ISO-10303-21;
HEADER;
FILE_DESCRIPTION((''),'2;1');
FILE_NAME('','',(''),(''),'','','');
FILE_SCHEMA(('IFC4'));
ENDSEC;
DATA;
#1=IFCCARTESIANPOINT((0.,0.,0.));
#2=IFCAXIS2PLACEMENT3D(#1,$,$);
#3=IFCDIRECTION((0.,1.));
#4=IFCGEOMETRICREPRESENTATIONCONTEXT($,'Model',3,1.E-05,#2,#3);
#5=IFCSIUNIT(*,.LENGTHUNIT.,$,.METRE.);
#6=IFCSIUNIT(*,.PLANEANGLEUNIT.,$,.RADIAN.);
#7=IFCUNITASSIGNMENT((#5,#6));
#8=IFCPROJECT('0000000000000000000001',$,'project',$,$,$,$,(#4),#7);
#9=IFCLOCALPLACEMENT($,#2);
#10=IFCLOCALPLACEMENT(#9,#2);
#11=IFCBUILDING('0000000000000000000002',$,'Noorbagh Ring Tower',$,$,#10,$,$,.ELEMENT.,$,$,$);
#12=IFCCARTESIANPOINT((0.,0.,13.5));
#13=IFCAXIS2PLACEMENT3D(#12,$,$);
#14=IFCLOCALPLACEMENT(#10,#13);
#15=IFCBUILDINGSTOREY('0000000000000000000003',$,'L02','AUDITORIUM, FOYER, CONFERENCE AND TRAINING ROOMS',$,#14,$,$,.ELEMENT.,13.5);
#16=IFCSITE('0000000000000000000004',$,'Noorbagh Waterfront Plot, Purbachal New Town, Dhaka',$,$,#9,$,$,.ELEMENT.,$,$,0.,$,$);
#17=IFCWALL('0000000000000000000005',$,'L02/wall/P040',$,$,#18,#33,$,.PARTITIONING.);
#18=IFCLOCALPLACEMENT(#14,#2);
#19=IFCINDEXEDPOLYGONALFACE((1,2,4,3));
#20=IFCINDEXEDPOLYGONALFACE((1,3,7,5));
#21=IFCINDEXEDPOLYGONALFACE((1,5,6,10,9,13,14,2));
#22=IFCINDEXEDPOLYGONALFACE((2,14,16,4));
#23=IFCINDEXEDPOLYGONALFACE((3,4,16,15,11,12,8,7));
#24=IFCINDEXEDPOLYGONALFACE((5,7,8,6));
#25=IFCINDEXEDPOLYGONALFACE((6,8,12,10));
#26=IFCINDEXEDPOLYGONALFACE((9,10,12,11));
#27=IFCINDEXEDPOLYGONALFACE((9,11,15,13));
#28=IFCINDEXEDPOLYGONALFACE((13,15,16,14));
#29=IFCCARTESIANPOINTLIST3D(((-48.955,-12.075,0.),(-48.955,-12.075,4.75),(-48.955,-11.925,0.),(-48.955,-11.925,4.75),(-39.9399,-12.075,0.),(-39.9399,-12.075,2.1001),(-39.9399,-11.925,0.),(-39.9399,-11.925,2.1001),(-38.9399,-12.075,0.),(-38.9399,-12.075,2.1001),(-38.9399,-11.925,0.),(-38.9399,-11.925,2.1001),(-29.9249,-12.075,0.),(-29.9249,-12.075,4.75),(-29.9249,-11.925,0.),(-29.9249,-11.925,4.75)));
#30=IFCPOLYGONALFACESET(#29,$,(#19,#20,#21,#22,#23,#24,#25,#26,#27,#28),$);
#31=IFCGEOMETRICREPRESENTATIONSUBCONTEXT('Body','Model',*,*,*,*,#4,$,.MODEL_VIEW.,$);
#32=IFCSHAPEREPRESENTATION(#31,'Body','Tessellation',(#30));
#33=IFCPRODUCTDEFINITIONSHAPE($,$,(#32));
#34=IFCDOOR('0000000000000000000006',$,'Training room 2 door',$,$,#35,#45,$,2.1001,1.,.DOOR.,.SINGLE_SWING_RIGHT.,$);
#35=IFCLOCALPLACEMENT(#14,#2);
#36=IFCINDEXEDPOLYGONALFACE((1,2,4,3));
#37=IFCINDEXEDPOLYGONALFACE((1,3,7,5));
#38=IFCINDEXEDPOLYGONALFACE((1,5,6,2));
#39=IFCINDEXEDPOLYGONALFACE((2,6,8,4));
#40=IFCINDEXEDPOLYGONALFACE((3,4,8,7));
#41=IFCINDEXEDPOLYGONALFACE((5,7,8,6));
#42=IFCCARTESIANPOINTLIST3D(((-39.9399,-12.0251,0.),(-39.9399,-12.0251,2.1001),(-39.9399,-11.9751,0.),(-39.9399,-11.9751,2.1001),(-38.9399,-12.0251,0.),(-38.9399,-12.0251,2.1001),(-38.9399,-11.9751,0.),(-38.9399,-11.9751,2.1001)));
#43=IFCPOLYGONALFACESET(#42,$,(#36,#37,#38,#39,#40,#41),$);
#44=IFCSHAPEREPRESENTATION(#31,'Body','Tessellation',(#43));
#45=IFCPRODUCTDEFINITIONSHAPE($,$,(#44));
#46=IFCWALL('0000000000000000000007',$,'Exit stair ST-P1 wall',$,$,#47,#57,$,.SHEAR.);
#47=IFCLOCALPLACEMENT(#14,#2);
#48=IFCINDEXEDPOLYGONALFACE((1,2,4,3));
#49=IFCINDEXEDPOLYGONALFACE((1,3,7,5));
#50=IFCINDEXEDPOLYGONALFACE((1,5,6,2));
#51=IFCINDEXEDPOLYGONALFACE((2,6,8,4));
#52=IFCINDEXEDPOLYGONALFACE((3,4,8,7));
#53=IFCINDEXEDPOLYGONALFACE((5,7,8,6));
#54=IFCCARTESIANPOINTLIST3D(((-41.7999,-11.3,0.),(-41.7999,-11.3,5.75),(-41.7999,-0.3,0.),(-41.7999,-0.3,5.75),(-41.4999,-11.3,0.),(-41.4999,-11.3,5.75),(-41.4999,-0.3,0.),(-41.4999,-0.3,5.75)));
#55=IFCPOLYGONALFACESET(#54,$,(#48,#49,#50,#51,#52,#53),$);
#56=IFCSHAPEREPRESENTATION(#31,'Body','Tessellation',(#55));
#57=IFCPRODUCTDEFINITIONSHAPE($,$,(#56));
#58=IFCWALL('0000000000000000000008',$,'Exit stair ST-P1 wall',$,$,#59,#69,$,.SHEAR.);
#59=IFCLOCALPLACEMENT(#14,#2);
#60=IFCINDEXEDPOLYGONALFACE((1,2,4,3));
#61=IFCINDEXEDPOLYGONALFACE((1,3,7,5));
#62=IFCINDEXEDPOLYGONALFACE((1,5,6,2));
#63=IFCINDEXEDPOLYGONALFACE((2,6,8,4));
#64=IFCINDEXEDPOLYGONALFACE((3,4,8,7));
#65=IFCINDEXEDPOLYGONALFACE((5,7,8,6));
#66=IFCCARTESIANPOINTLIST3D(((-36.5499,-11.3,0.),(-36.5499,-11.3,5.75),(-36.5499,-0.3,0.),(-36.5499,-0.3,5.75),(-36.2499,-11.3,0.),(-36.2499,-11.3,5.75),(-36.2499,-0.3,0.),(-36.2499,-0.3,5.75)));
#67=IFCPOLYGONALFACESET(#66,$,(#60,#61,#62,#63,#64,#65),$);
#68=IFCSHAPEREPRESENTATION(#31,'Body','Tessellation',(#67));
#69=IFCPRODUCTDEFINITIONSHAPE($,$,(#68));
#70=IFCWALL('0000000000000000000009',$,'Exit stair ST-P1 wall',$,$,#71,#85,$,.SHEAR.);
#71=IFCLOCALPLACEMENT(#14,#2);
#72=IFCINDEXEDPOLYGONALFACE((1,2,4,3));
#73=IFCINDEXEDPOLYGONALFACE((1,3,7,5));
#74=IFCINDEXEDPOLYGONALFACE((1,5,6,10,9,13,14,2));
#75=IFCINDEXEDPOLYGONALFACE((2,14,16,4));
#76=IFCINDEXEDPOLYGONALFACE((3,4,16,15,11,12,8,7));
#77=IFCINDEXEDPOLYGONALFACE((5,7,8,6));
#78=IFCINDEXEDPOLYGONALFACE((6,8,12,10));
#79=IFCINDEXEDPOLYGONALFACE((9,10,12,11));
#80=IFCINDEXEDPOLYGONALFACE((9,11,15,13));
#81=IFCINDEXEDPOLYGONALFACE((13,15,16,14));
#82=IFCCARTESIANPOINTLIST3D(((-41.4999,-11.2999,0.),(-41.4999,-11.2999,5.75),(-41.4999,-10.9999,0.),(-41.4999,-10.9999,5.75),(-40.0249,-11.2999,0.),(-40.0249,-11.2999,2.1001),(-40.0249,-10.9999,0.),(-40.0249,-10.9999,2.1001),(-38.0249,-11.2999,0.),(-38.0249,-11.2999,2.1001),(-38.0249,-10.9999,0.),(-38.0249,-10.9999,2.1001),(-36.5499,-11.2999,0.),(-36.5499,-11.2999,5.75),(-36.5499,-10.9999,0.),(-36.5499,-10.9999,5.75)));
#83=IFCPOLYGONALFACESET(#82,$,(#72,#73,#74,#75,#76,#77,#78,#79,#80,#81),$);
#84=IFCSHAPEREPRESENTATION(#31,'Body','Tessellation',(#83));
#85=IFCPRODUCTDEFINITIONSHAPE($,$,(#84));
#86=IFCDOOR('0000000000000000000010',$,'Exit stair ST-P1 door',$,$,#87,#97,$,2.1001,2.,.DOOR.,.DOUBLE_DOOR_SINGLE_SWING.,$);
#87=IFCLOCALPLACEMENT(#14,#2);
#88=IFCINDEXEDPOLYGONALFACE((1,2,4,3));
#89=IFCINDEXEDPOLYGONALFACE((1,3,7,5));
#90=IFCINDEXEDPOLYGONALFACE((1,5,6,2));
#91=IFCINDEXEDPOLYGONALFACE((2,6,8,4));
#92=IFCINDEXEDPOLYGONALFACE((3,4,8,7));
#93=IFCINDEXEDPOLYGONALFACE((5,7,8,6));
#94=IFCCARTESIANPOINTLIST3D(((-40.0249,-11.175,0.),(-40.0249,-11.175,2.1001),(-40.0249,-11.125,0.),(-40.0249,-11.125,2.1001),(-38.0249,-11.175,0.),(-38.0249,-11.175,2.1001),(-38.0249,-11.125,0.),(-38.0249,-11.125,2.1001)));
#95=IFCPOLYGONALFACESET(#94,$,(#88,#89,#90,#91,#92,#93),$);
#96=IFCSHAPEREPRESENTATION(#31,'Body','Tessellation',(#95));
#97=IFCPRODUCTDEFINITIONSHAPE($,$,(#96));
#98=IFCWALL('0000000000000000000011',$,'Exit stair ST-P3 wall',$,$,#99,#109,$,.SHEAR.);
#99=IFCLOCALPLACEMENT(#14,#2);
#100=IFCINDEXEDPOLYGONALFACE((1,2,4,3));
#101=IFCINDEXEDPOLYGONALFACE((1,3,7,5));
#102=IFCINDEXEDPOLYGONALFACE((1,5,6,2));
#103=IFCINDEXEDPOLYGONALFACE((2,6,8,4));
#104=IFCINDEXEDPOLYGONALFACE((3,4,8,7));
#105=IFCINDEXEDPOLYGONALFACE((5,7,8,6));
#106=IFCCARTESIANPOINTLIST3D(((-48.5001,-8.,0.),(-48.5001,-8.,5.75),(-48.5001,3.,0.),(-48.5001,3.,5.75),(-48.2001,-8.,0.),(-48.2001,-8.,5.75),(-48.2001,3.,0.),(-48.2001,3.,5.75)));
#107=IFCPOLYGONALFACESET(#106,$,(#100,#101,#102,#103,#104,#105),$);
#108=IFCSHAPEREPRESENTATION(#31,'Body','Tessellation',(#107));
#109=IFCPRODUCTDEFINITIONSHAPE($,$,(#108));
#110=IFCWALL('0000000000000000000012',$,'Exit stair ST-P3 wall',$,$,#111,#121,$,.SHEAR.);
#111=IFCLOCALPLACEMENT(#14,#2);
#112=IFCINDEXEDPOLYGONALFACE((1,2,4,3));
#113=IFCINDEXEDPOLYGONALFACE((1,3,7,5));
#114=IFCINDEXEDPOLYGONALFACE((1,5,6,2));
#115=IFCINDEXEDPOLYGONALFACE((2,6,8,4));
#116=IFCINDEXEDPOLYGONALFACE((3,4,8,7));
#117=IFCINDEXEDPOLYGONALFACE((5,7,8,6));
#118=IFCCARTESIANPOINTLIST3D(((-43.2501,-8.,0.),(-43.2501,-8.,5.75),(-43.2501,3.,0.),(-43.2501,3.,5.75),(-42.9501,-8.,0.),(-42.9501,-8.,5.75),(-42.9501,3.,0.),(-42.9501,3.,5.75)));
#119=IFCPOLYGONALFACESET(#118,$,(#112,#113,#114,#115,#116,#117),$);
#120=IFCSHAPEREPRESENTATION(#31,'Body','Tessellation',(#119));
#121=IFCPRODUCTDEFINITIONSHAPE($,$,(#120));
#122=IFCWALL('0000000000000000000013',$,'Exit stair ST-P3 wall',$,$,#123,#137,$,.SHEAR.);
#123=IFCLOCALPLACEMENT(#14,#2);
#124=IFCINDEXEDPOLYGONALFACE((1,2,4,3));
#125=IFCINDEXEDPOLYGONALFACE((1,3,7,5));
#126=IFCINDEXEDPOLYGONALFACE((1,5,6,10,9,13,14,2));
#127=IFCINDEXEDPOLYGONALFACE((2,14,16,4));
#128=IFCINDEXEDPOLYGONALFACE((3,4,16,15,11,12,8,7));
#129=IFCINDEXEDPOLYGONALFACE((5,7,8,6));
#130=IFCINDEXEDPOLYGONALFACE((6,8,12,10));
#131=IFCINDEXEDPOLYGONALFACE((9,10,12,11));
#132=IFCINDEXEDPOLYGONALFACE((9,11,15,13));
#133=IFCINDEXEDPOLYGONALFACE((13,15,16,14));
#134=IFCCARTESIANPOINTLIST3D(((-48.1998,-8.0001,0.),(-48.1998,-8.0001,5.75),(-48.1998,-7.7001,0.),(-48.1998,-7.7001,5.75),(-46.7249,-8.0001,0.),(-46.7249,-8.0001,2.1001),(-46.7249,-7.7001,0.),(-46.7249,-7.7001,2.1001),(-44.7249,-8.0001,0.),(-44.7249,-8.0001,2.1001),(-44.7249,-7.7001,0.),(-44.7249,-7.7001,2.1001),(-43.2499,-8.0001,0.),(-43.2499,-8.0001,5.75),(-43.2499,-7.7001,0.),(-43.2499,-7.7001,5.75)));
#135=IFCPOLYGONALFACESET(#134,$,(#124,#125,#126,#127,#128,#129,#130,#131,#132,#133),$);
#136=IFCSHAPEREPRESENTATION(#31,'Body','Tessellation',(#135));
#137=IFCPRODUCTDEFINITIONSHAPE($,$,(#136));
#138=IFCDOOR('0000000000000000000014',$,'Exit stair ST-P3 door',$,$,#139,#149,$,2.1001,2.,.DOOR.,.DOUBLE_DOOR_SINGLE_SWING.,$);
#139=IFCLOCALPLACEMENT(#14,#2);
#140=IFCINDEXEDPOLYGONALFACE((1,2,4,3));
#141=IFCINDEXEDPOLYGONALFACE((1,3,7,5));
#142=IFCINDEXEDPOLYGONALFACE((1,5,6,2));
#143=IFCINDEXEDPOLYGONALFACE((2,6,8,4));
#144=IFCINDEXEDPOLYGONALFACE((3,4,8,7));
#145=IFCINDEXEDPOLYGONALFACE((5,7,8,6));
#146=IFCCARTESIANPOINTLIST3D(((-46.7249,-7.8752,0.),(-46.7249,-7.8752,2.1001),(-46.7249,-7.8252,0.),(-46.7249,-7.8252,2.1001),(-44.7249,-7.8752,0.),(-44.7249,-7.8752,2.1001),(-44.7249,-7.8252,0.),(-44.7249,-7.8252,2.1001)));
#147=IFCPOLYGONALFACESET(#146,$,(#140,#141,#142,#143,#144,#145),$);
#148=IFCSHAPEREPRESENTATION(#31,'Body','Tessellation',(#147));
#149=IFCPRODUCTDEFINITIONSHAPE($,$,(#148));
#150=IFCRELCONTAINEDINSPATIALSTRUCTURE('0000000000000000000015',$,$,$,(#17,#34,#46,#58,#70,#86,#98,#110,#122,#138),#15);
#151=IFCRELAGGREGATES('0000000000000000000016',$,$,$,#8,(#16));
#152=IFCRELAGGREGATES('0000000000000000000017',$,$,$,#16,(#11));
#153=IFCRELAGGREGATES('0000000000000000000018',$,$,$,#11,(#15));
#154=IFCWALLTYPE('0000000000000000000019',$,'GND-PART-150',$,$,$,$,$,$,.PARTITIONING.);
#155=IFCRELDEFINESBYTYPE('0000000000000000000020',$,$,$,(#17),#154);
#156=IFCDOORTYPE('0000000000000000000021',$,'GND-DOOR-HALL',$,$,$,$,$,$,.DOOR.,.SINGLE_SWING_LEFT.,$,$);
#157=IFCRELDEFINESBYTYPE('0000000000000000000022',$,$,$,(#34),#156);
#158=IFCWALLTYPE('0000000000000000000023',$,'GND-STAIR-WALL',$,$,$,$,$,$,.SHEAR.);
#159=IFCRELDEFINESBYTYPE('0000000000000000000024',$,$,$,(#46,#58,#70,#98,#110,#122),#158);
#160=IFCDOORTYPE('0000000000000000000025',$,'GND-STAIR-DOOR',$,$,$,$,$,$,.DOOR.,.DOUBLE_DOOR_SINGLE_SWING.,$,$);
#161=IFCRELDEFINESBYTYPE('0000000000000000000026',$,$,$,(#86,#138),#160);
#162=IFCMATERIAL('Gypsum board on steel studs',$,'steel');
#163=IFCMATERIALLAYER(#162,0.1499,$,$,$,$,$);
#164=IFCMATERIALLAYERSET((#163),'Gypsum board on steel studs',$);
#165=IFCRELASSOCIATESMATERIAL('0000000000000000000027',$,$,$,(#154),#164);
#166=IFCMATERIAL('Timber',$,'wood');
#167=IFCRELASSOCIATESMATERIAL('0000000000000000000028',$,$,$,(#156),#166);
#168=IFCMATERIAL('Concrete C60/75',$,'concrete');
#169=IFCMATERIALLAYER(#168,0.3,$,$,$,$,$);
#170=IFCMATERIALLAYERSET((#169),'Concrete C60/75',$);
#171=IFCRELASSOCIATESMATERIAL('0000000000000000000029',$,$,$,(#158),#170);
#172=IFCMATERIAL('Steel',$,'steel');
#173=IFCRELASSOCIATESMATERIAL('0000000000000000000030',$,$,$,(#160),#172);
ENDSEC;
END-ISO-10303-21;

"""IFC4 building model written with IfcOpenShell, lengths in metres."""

from ifc_helpers import new_model, si_unit, direction, frame, frame_2d, origin, place, context, subcontext, project, spatial, rectangle, extrude, material, layer, layer_set, type_object, element, fill, save


model = new_model("IFC4")

# Units and contexts
model_context = context("Model", 3, precision=1e-05, world=origin(), true_north=direction((0.0, 1.0)))
body_context = subcontext(model_context, "Body", "Model", "MODEL_VIEW")
ifc_project = project(units=[si_unit("LENGTHUNIT", "METRE"), si_unit("PLANEANGLEUNIT", "RADIAN")], contexts=[model_context])

# Site, building, storey
site_placement = place(None, origin())
site = spatial("IfcSite", under=ifc_project, at=site_placement, Name="Noorbagh Waterfront Plot, Purbachal New Town, Dhaka", CompositionType="ELEMENT", RefElevation=0.0)
building_placement = place(site_placement, origin())
building = spatial("IfcBuilding", under=site, at=building_placement, Name="Noorbagh Ring Tower", CompositionType="ELEMENT")
storey_placement = place(building_placement, frame((0.0, 0.0, 13.5)))
storey = spatial("IfcBuildingStorey", under=building, at=storey_placement, Name="L02", Description="AUDITORIUM, FOYER, CONFERENCE AND TRAINING ROOMS", CompositionType="ELEMENT", Elevation=13.5)

# Shared definitions
ifc_material_1 = material(Name="Gypsum board on steel studs", Category="steel")
ifc_layer_1 = layer(ifc_material_1, 0.1499)
ifc_layer_set_1 = layer_set([ifc_layer_1], Name="Gypsum board on steel studs")
wall_type_1 = type_object("IfcWallType", Name="GND-PART-150", PredefinedType="PARTITIONING", material=ifc_layer_set_1)

# Wall, opening, door
wall_1_placement = place(storey_placement, frame((-48.9551, -12.0, 0.0), z_axis=(0.0, 0.0, 1.0), x_axis=(1.0, 0.0, 0.0)))
wall_1 = element("IfcWall", 1, at=wall_1_placement, inside=storey, type_object=wall_type_1, Name="L02/wall/P040", PredefinedType="PARTITIONING", context=body_context, shape_type="SweptSolid", body=[
    extrude(rectangle(XDim=19.03, YDim=0.1499, at=frame_2d((9.5151, 0.0))), origin(), (0.0, 0.0, 1.0), 4.75),
])
opening_1_placement = place(wall_1_placement, frame((9.0151, 0.0, 0.0)))
opening_1 = element("IfcOpeningElement", 2, at=opening_1_placement, cuts=wall_1, PredefinedType="OPENING", context=body_context, shape_type="SweptSolid", body=[
    extrude(rectangle(XDim=1.0, YDim=2.1001, at=frame_2d((0.5, 1.05))), frame((0.0, 0.085, 0.0), z_axis=(0.0, -1.0, 0.0), x_axis=(1.0, 0.0, 0.0)), (0.0, 0.0, 1.0), 0.1699),
])
ifc_material_2 = material(Name="Timber", Category="wood")
door_type_1 = type_object("IfcDoorType", Name="GND-DOOR-HALL", OperationType="SINGLE_SWING_LEFT", PredefinedType="DOOR", material=ifc_material_2)
door_1_placement = place(opening_1_placement, origin())
door_1 = element("IfcDoor", 3, at=door_1_placement, inside=storey, type_object=door_type_1, Name="Training room 2 door", OperationType="SINGLE_SWING_RIGHT", OverallHeight=2.1001, OverallWidth=1.0, PredefinedType="DOOR", context=body_context, shape_type="SweptSolid", body=[
    extrude(rectangle(XDim=1.0, YDim=2.1001, at=frame_2d((0.5, 1.05))), frame((0.0, 0.0249, 0.0), z_axis=(0.0, -1.0, 0.0), x_axis=(1.0, 0.0, 0.0)), (0.0, 0.0, 1.0), 0.05),
])
fill(opening_1, door_1)

# Walls
ifc_material_3 = material(Name="Concrete C60/75", Category="concrete")
ifc_layer_2 = layer(ifc_material_3, 0.3)
ifc_layer_set_2 = layer_set([ifc_layer_2], Name="Concrete C60/75")
wall_type_2 = type_object("IfcWallType", Name="GND-STAIR-WALL", PredefinedType="SHEAR", material=ifc_layer_set_2)
for number, where, z_axis, x_axis, name in (
    (4, (-41.6499, -11.3, 0.0), (0.0, 0.0, 1.0), (0.0, 1.0, 0.0), "Exit stair ST-P1 wall"),
    (5, (-36.3999, -11.3, 0.0), (0.0, 0.0, 1.0), (0.0, 1.0, 0.0), "Exit stair ST-P1 wall"),
):
    element("IfcWall", number, at=place(storey_placement, frame(where, z_axis=z_axis, x_axis=x_axis)), inside=storey, type_object=wall_type_2, Name=name, PredefinedType="SHEAR", context=body_context, shape_type="SweptSolid", body=[
        extrude(rectangle(XDim=11.0, YDim=0.3, at=frame_2d((5.5, 0.0))), origin(), (0.0, 0.0, 1.0), 5.75),
    ])

# Wall, opening, door
wall_2_placement = place(storey_placement, frame((-41.5, -11.1499, 0.0), z_axis=(0.0, 0.0, 1.0), x_axis=(1.0, 0.0, 0.0)))
wall_2 = element("IfcWall", 6, at=wall_2_placement, inside=storey, type_object=wall_type_2, Name="Exit stair ST-P1 wall", PredefinedType="SHEAR", context=body_context, shape_type="SweptSolid", body=[
    extrude(rectangle(XDim=4.95, YDim=0.3, at=frame_2d((2.4751, 0.0))), origin(), (0.0, 0.0, 1.0), 5.75),
])
opening_2_placement = place(wall_2_placement, frame((1.4751, 0.0, 0.0)))
opening_2 = element("IfcOpeningElement", 7, at=opening_2_placement, cuts=wall_2, PredefinedType="OPENING", context=body_context, shape_type="SweptSolid", body=[
    extrude(rectangle(XDim=2.0, YDim=2.1001, at=frame_2d((1.0, 1.05))), frame((0.0, 0.1602, 0.0), z_axis=(0.0, -1.0, 0.0), x_axis=(1.0, 0.0, 0.0)), (0.0, 0.0, 1.0), 0.3201),
])
ifc_material_4 = material(Name="Steel", Category="steel")
door_type_2 = type_object("IfcDoorType", Name="GND-STAIR-DOOR", OperationType="DOUBLE_DOOR_SINGLE_SWING", PredefinedType="DOOR", material=ifc_material_4)
door_2_placement = place(opening_2_placement, origin())
door_2 = element("IfcDoor", 8, at=door_2_placement, inside=storey, type_object=door_type_2, Name="Exit stair ST-P1 door", OperationType="DOUBLE_DOOR_SINGLE_SWING", OverallHeight=2.1001, OverallWidth=2.0, PredefinedType="DOOR", context=body_context, shape_type="SweptSolid", body=[
    extrude(rectangle(XDim=2.0, YDim=2.1001, at=frame_2d((1.0, 1.05))), frame((0.0, 0.0249, 0.0), z_axis=(0.0, -1.0, 0.0), x_axis=(1.0, 0.0, 0.0)), (0.0, 0.0, 1.0), 0.05),
])
fill(opening_2, door_2)

# Walls
for number, where, z_axis, x_axis, name in (
    (9, (-48.3501, -8.0, 0.0), (0.0, 0.0, 1.0), (0.0, 1.0, 0.0), "Exit stair ST-P3 wall"),
    (10, (-43.1001, -8.0, 0.0), (0.0, 0.0, 1.0), (0.0, 1.0, 0.0), "Exit stair ST-P3 wall"),
):
    element("IfcWall", number, at=place(storey_placement, frame(where, z_axis=z_axis, x_axis=x_axis)), inside=storey, type_object=wall_type_2, Name=name, PredefinedType="SHEAR", context=body_context, shape_type="SweptSolid", body=[
        extrude(rectangle(XDim=11.0, YDim=0.3, at=frame_2d((5.5, 0.0))), origin(), (0.0, 0.0, 1.0), 5.75),
    ])

# Wall, opening, door
wall_3_placement = place(storey_placement, frame((-48.2, -7.8501, 0.0), z_axis=(0.0, 0.0, 1.0), x_axis=(1.0, 0.0, 0.0)))
wall_3 = element("IfcWall", 11, at=wall_3_placement, inside=storey, type_object=wall_type_2, Name="Exit stair ST-P3 wall", PredefinedType="SHEAR", context=body_context, shape_type="SweptSolid", body=[
    extrude(rectangle(XDim=4.95, YDim=0.3, at=frame_2d((2.4751, 0.0))), origin(), (0.0, 0.0, 1.0), 5.75),
])
opening_3_placement = place(wall_3_placement, frame((1.4751, 0.0, 0.0)))
opening_3 = element("IfcOpeningElement", 12, at=opening_3_placement, cuts=wall_3, PredefinedType="OPENING", context=body_context, shape_type="SweptSolid", body=[
    extrude(rectangle(XDim=2.0, YDim=2.1001, at=frame_2d((1.0, 1.05))), frame((0.0, 0.1602, 0.0), z_axis=(0.0, -1.0, 0.0), x_axis=(1.0, 0.0, 0.0)), (0.0, 0.0, 1.0), 0.3201),
])
door_3_placement = place(opening_3_placement, origin())
door_3 = element("IfcDoor", 13, at=door_3_placement, inside=storey, type_object=door_type_2, Name="Exit stair ST-P3 door", OperationType="DOUBLE_DOOR_SINGLE_SWING", OverallHeight=2.1001, OverallWidth=2.0, PredefinedType="DOOR", context=body_context, shape_type="SweptSolid", body=[
    extrude(rectangle(XDim=2.0, YDim=2.1001, at=frame_2d((1.0, 1.05))), frame((0.0, 0.0249, 0.0), z_axis=(0.0, -1.0, 0.0), x_axis=(1.0, 0.0, 0.0)), (0.0, 0.0, 1.0), 0.05),
])
fill(opening_3, door_3)

save(model, "model.ifc")
